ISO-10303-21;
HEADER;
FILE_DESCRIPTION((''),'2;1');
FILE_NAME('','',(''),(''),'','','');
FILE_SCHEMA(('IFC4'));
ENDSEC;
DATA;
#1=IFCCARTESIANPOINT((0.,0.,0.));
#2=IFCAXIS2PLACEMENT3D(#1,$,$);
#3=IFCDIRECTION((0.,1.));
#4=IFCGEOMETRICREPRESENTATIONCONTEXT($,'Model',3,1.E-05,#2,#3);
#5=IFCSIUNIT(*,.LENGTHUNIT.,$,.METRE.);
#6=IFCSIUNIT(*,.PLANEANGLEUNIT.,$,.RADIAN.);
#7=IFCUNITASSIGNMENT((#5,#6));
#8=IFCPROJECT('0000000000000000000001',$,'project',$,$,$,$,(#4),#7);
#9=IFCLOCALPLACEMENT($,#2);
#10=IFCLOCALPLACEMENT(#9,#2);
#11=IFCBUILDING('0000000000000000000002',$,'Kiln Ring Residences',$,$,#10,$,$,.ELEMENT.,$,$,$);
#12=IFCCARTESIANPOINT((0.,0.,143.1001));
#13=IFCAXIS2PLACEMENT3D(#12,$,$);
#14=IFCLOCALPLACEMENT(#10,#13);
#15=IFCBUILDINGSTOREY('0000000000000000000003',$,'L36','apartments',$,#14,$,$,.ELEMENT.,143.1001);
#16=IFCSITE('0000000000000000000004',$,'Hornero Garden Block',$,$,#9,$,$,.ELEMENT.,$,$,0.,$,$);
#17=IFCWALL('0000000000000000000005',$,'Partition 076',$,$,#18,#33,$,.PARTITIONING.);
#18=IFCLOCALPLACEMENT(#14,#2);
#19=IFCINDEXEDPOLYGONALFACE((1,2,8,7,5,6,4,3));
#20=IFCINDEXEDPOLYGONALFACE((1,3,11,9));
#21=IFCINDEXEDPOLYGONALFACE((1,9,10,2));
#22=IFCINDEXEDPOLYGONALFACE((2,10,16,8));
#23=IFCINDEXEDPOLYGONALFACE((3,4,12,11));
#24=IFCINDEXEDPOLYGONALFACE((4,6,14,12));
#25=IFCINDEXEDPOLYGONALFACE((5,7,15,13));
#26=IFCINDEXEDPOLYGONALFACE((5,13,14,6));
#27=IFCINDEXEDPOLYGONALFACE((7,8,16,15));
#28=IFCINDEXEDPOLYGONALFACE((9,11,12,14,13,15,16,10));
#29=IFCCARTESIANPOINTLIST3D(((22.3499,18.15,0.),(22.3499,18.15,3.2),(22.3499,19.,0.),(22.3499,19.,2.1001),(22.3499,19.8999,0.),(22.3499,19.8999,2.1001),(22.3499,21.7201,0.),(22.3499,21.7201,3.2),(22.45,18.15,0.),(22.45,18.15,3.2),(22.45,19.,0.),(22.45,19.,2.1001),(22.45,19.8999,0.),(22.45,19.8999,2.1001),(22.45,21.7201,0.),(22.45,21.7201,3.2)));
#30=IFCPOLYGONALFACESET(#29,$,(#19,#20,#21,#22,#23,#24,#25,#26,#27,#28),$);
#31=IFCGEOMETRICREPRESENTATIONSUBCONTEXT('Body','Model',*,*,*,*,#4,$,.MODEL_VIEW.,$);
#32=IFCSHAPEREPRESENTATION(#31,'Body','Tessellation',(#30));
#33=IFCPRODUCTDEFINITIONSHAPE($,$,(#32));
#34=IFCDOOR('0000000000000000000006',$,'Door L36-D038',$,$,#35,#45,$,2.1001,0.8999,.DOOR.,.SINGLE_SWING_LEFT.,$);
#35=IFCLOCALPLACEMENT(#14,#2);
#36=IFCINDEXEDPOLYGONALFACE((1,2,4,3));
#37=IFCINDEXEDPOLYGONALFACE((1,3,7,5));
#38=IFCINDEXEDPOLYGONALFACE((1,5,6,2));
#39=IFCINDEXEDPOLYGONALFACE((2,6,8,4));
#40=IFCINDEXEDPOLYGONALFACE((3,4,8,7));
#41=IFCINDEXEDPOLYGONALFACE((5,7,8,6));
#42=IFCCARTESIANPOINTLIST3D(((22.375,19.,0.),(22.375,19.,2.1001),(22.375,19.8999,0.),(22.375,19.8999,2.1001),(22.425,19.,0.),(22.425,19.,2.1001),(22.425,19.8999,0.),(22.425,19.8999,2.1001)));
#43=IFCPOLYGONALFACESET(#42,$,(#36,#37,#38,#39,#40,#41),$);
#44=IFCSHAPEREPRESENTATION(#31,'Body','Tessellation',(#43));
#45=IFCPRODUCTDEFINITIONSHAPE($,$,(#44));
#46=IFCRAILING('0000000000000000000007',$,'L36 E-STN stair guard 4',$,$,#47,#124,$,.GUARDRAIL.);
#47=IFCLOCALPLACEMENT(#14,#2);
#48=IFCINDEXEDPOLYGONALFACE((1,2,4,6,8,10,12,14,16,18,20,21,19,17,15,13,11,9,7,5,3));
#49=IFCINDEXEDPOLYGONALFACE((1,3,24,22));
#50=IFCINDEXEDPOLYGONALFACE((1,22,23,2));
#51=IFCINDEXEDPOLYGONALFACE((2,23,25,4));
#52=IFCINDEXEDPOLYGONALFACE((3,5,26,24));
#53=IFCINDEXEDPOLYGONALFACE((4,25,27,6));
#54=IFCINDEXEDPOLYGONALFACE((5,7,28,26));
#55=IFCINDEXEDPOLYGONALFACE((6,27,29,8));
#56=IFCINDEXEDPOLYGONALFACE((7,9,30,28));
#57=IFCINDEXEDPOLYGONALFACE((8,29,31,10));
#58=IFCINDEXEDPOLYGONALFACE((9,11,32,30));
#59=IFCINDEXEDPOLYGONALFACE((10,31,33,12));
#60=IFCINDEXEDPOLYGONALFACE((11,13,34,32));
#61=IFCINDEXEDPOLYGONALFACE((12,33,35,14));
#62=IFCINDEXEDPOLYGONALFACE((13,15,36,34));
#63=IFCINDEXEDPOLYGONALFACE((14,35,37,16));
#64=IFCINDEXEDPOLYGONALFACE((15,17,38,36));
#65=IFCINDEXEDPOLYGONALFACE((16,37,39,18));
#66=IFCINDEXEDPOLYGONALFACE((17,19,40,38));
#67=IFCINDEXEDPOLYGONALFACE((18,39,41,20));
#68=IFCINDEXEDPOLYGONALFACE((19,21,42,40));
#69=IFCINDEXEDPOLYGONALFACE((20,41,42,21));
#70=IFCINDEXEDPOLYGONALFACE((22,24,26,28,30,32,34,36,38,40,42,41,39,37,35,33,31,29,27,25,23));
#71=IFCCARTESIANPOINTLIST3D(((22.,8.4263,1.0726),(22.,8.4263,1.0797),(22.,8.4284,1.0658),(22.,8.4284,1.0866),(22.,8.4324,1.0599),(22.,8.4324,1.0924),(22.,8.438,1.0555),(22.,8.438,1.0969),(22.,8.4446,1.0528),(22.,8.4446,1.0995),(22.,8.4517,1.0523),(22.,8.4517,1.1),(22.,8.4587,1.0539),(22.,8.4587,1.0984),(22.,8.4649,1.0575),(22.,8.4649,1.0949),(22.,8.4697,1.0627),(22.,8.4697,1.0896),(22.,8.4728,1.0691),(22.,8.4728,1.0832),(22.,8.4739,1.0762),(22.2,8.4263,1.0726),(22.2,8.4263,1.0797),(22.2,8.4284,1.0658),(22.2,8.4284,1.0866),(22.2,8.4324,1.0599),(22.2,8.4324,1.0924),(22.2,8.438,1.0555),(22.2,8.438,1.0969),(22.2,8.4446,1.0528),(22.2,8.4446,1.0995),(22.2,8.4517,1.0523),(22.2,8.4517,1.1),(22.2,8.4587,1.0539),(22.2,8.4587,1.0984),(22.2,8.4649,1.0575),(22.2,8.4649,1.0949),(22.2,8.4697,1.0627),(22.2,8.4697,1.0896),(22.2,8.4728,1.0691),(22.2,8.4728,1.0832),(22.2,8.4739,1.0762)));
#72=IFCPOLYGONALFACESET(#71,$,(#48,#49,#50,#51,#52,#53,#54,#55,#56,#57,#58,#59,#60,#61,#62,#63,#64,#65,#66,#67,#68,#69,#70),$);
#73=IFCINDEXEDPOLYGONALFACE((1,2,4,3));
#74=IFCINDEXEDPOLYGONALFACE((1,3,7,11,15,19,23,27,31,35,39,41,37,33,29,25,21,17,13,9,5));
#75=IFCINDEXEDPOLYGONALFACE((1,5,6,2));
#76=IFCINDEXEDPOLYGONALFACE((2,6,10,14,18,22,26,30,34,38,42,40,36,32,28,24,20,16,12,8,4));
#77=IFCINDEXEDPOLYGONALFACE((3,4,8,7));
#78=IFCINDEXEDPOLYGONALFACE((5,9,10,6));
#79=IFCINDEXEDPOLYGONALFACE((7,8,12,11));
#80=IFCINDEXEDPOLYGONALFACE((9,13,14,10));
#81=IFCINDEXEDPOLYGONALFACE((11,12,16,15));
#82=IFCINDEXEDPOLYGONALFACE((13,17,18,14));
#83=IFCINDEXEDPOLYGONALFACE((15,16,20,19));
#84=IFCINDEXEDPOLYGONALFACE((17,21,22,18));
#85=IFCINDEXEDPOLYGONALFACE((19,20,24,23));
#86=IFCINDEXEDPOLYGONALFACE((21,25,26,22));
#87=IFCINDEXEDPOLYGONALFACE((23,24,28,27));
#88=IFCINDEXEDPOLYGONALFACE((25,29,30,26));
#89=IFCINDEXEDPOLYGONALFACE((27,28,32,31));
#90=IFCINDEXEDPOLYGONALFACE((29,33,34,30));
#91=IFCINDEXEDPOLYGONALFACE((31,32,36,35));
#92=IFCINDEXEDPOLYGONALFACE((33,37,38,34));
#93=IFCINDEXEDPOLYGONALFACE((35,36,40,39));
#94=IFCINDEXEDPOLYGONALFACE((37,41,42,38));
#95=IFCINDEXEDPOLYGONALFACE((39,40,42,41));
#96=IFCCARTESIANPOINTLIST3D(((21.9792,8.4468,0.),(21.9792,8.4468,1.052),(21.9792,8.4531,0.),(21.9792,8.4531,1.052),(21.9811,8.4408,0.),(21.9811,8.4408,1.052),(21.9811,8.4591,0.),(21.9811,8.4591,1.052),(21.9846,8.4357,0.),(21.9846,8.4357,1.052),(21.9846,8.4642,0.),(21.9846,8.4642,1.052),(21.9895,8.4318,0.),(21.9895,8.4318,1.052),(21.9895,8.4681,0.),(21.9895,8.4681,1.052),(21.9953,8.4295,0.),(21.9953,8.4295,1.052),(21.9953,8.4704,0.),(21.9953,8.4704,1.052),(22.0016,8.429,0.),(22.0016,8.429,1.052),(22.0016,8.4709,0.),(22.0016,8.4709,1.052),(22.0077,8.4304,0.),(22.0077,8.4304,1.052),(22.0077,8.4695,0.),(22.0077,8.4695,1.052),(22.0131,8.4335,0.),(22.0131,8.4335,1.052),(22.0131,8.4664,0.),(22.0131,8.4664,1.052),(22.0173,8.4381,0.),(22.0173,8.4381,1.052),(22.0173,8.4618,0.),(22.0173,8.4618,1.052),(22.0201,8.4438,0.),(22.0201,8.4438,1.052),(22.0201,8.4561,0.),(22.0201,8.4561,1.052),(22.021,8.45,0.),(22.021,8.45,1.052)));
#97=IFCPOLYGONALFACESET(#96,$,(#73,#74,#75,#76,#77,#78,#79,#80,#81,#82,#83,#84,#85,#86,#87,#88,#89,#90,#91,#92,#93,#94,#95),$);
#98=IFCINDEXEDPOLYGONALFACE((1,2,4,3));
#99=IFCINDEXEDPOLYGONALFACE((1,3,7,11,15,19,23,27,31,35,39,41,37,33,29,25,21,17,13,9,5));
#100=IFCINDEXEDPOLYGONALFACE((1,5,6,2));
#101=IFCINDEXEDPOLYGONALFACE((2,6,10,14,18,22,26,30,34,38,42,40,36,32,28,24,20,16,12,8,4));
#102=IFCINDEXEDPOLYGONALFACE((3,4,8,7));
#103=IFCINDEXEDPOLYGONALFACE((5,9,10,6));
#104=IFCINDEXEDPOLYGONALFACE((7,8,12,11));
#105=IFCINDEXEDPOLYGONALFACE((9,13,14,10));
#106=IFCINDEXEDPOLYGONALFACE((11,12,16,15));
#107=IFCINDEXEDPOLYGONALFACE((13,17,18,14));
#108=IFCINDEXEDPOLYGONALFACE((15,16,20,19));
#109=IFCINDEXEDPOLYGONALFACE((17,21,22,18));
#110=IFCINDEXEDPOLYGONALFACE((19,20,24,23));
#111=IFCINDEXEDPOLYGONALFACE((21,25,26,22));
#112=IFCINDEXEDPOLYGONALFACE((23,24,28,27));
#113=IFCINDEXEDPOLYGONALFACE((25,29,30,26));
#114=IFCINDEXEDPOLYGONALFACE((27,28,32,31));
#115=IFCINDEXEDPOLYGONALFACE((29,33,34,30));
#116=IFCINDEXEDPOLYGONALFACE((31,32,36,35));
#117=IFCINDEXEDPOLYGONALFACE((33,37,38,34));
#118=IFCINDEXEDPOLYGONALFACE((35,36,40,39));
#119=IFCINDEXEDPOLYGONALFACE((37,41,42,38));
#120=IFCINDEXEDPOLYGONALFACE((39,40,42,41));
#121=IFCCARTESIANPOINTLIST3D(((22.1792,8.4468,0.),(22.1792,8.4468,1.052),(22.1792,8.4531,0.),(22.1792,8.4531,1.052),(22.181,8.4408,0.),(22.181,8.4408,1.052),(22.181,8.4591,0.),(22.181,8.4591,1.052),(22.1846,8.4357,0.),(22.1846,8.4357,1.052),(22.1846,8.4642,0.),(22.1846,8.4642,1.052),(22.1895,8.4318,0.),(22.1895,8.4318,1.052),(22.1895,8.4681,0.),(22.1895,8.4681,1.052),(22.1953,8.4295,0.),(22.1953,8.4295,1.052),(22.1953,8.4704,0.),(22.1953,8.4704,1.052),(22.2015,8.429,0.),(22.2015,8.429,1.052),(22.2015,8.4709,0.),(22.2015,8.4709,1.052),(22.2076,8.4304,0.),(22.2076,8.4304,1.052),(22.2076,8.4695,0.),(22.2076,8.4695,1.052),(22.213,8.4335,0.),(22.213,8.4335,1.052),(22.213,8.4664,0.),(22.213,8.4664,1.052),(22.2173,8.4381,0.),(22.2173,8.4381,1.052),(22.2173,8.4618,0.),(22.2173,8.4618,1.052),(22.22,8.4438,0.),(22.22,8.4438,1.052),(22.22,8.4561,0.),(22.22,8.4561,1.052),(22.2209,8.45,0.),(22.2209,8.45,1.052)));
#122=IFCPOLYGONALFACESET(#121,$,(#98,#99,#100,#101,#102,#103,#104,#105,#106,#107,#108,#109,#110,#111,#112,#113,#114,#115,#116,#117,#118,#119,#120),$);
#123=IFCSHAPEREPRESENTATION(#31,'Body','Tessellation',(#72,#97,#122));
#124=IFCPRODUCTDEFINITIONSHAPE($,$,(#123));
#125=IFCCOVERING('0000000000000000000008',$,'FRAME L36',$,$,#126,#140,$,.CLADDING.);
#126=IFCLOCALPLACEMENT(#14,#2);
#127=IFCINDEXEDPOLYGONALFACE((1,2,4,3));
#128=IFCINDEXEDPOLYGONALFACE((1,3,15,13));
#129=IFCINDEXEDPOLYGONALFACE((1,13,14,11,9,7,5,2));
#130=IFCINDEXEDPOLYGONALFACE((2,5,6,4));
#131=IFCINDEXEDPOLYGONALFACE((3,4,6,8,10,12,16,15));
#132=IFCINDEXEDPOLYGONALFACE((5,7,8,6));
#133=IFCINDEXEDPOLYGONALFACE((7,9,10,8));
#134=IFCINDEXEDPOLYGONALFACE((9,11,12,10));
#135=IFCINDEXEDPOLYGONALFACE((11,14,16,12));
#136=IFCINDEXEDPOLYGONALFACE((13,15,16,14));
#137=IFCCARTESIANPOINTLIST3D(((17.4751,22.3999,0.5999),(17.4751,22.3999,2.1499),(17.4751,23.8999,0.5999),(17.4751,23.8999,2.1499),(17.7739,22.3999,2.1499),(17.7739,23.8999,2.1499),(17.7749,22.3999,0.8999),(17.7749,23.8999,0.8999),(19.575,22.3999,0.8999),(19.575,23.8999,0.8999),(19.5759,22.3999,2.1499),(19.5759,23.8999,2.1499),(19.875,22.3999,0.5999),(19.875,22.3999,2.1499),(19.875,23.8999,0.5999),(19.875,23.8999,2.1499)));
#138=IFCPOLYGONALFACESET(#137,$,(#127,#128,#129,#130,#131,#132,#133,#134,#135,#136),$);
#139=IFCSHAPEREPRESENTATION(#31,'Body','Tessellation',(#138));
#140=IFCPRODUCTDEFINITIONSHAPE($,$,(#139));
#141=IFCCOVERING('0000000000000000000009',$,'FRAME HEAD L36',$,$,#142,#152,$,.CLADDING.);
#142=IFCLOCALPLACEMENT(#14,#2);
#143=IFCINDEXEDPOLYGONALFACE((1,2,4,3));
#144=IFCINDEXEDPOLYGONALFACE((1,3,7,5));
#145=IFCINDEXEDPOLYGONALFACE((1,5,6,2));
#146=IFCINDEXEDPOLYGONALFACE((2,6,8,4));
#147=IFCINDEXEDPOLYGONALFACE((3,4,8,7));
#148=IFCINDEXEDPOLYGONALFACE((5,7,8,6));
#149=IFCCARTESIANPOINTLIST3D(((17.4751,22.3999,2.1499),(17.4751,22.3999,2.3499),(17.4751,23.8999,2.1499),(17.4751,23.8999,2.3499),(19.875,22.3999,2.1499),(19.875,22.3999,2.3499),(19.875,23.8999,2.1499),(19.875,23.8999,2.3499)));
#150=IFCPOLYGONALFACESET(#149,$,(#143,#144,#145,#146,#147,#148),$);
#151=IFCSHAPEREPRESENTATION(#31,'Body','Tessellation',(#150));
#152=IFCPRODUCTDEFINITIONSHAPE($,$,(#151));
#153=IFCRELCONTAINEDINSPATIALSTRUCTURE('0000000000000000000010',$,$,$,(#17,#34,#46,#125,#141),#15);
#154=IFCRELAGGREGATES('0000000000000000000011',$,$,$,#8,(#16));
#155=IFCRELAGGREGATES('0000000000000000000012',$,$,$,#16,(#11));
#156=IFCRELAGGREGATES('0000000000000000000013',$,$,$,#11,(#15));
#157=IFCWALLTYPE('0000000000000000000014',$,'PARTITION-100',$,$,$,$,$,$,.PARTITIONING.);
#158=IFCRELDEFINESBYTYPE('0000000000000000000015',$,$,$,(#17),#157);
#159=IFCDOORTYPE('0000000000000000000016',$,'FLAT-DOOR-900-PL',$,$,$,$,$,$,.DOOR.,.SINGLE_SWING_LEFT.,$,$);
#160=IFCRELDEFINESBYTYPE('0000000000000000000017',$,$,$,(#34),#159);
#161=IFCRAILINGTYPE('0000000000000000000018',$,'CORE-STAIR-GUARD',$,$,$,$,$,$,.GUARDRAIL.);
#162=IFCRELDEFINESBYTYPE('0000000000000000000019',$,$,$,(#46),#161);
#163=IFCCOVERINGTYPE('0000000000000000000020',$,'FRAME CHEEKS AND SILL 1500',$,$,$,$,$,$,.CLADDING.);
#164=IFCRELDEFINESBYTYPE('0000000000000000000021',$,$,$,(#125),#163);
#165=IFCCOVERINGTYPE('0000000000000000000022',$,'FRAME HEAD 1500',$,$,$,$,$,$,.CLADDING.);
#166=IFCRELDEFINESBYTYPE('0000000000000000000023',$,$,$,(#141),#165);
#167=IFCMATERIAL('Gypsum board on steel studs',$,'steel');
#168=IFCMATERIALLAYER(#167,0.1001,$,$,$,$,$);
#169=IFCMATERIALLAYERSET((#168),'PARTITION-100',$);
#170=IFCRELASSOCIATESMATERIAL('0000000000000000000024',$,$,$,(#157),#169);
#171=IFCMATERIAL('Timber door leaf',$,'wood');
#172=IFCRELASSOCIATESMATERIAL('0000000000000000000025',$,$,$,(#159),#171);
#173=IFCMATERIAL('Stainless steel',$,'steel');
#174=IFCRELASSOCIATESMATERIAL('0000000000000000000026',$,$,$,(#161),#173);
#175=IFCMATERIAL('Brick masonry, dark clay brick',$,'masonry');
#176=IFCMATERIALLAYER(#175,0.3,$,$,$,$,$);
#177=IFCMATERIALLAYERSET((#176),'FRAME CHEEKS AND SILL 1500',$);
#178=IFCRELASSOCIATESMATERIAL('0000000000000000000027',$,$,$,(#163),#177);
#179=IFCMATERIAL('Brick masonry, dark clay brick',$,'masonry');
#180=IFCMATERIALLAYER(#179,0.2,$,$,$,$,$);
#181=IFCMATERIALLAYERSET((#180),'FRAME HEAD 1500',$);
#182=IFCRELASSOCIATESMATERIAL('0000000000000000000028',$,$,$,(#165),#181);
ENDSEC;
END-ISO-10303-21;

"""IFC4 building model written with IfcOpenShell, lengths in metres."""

from ifc_helpers import new_model, si_unit, direction, frame, frame_2d, origin, origin_2d, place, context, subcontext, project, spatial, polyline, rectangle, circle, outline, extrude, material, layer, layer_set, type_object, element, fill, save


model = new_model("IFC4")

# Units and contexts
model_context = context("Model", 3, precision=1e-05, world=origin(), true_north=direction((0.0, 1.0)))
body_context = subcontext(model_context, "Body", "Model", "MODEL_VIEW")
ifc_project = project(units=[si_unit("LENGTHUNIT", "METRE"), si_unit("PLANEANGLEUNIT", "RADIAN")], contexts=[model_context])

# Site, building, storey
site_placement = place(None, origin())
site = spatial("IfcSite", under=ifc_project, at=site_placement, Name="Hornero Garden Block", CompositionType="ELEMENT", RefElevation=0.0)
building_placement = place(site_placement, origin())
building = spatial("IfcBuilding", under=site, at=building_placement, Name="Kiln Ring Residences", CompositionType="ELEMENT")
storey_placement = place(building_placement, frame((0.0, 0.0, 143.1001)))
storey = spatial("IfcBuildingStorey", under=building, at=storey_placement, Name="L36", Description="apartments", CompositionType="ELEMENT", Elevation=143.1001)

# Shared definitions
ifc_material_1 = material(Name="Gypsum board on steel studs", Category="steel")
ifc_layer_1 = layer(ifc_material_1, 0.1001)
ifc_layer_set_1 = layer_set([ifc_layer_1], Name="PARTITION-100")
wall_type_1 = type_object("IfcWallType", Name="PARTITION-100", PredefinedType="PARTITIONING", material=ifc_layer_set_1)

# Wall, opening, door
wall_1_placement = place(storey_placement, frame((22.3999, 18.1499, 0.0), z_axis=(0.0, 0.0, 1.0), x_axis=(0.0, 1.0, 0.0)))
wall_1 = element("IfcWall", 1, at=wall_1_placement, inside=storey, type_object=wall_type_1, Name="Partition 076", PredefinedType="PARTITIONING", context=body_context, shape_type="SweptSolid", body=[
    extrude(rectangle(XDim=3.5701, YDim=0.1001, at=frame_2d((1.7852, 0.0))), origin(), (0.0, 0.0, 1.0), 3.2),
])
opening_1_placement = place(wall_1_placement, frame((0.8501, 0.0, 0.0)))
opening_1 = element("IfcOpeningElement", 2, at=opening_1_placement, cuts=wall_1, PredefinedType="OPENING", context=body_context, shape_type="SweptSolid", body=[
    extrude(rectangle(XDim=0.8999, YDim=2.1001, at=frame_2d((0.45, 1.05))), frame((0.0, 0.0601, 0.0), z_axis=(0.0, -1.0, 0.0), x_axis=(1.0, 0.0, 0.0)), (0.0, 0.0, 1.0), 0.1201),
])
ifc_material_2 = material(Name="Timber door leaf", Category="wood")
door_type_1 = type_object("IfcDoorType", Name="FLAT-DOOR-900-PL", OperationType="SINGLE_SWING_LEFT", PredefinedType="DOOR", material=ifc_material_2)
door_1_placement = place(opening_1_placement, origin())
door_1 = element("IfcDoor", 3, at=door_1_placement, inside=storey, type_object=door_type_1, Name="Door L36-D038", OperationType="SINGLE_SWING_LEFT", OverallHeight=2.1001, OverallWidth=0.8999, PredefinedType="DOOR", context=body_context, shape_type="SweptSolid", body=[
    extrude(rectangle(XDim=0.8999, YDim=2.1001, at=frame_2d((0.45, 1.05))), frame((0.0, 0.0249, 0.0), z_axis=(0.0, -1.0, 0.0), x_axis=(1.0, 0.0, 0.0)), (0.0, 0.0, 1.0), 0.05),
])
fill(opening_1, door_1)

# Railing
ifc_material_3 = material(Name="Stainless steel", Category="steel")
railing_type = type_object("IfcRailingType", Name="CORE-STAIR-GUARD", PredefinedType="GUARDRAIL", material=ifc_material_3)
railing_placement = place(storey_placement, frame((22.0, 8.45, 0.0)))
element("IfcRailing", 4, at=railing_placement, inside=storey, type_object=railing_type, Name="L36 E-STN stair guard 4", PredefinedType="GUARDRAIL", context=body_context, shape_type="SweptSolid", body=[
    extrude(circle(Radius=0.0239, at=origin_2d()), frame((0.0, 0.0, 1.0762), z_axis=(1.0, 0.0, 0.0), x_axis=(0.0, 1.0, 0.0)), (0.0, 0.0, 1.0), 0.2),
    extrude(circle(Radius=0.021, at=origin_2d()), origin(), (0.0, 0.0, 1.0), 1.052),
    extrude(circle(Radius=0.021, at=origin_2d()), frame((0.2, 0.0, 0.0)), (0.0, 0.0, 1.0), 1.052),
])

# Coverings
ifc_material_4 = material(Name="Brick masonry, dark clay brick", Category="masonry")
ifc_layer_2 = layer(ifc_material_4, 0.3)
ifc_layer_set_2 = layer_set([ifc_layer_2], Name="FRAME CHEEKS AND SILL 1500")
covering_type_1 = type_object("IfcCoveringType", Name="FRAME CHEEKS AND SILL 1500", PredefinedType="CLADDING", material=ifc_layer_set_2)
covering_1_placement = place(storey_placement, frame((19.875, 23.1499, 0.5999), z_axis=(0.0, 0.0, 1.0), x_axis=(-1.0, 0.0, 0.0)))
element("IfcCovering", 5, at=covering_1_placement, inside=storey, type_object=covering_type_1, Name="FRAME L36", PredefinedType="CLADDING", context=body_context, shape_type="SweptSolid", body=[
    extrude(outline(polyline([(0.0, 0.0), (2.3999, 0.0), (2.3999, 1.55), (2.1011, 1.55), (2.1001, 0.3), (0.3, 0.3), (0.2991, 1.55), (0.0, 1.55), (0.0, 0.0)])), frame((0.0, 0.75, 0.0), z_axis=(0.0, -1.0, 0.0), x_axis=(1.0, 0.0, 0.0)), (0.0, 0.0, 1.0), 1.5),
])
ifc_material_5 = material(Name="Brick masonry, dark clay brick", Category="masonry")
ifc_layer_3 = layer(ifc_material_5, 0.2)
ifc_layer_set_3 = layer_set([ifc_layer_3], Name="FRAME HEAD 1500")
covering_type_2 = type_object("IfcCoveringType", Name="FRAME HEAD 1500", PredefinedType="CLADDING", material=ifc_layer_set_3)
covering_2_placement = place(storey_placement, frame((18.675, 23.1499, 2.1499), z_axis=(0.0, 0.0, 1.0), x_axis=(-1.0, 0.0, 0.0)))
element("IfcCovering", 6, at=covering_2_placement, inside=storey, type_object=covering_type_2, Name="FRAME HEAD L36", PredefinedType="CLADDING", context=body_context, shape_type="SweptSolid", body=[
    extrude(rectangle(XDim=2.3999, YDim=1.5, at=origin_2d()), origin(), (0.0, 0.0, 1.0), 0.2),
])

save(model, "model.ifc")
